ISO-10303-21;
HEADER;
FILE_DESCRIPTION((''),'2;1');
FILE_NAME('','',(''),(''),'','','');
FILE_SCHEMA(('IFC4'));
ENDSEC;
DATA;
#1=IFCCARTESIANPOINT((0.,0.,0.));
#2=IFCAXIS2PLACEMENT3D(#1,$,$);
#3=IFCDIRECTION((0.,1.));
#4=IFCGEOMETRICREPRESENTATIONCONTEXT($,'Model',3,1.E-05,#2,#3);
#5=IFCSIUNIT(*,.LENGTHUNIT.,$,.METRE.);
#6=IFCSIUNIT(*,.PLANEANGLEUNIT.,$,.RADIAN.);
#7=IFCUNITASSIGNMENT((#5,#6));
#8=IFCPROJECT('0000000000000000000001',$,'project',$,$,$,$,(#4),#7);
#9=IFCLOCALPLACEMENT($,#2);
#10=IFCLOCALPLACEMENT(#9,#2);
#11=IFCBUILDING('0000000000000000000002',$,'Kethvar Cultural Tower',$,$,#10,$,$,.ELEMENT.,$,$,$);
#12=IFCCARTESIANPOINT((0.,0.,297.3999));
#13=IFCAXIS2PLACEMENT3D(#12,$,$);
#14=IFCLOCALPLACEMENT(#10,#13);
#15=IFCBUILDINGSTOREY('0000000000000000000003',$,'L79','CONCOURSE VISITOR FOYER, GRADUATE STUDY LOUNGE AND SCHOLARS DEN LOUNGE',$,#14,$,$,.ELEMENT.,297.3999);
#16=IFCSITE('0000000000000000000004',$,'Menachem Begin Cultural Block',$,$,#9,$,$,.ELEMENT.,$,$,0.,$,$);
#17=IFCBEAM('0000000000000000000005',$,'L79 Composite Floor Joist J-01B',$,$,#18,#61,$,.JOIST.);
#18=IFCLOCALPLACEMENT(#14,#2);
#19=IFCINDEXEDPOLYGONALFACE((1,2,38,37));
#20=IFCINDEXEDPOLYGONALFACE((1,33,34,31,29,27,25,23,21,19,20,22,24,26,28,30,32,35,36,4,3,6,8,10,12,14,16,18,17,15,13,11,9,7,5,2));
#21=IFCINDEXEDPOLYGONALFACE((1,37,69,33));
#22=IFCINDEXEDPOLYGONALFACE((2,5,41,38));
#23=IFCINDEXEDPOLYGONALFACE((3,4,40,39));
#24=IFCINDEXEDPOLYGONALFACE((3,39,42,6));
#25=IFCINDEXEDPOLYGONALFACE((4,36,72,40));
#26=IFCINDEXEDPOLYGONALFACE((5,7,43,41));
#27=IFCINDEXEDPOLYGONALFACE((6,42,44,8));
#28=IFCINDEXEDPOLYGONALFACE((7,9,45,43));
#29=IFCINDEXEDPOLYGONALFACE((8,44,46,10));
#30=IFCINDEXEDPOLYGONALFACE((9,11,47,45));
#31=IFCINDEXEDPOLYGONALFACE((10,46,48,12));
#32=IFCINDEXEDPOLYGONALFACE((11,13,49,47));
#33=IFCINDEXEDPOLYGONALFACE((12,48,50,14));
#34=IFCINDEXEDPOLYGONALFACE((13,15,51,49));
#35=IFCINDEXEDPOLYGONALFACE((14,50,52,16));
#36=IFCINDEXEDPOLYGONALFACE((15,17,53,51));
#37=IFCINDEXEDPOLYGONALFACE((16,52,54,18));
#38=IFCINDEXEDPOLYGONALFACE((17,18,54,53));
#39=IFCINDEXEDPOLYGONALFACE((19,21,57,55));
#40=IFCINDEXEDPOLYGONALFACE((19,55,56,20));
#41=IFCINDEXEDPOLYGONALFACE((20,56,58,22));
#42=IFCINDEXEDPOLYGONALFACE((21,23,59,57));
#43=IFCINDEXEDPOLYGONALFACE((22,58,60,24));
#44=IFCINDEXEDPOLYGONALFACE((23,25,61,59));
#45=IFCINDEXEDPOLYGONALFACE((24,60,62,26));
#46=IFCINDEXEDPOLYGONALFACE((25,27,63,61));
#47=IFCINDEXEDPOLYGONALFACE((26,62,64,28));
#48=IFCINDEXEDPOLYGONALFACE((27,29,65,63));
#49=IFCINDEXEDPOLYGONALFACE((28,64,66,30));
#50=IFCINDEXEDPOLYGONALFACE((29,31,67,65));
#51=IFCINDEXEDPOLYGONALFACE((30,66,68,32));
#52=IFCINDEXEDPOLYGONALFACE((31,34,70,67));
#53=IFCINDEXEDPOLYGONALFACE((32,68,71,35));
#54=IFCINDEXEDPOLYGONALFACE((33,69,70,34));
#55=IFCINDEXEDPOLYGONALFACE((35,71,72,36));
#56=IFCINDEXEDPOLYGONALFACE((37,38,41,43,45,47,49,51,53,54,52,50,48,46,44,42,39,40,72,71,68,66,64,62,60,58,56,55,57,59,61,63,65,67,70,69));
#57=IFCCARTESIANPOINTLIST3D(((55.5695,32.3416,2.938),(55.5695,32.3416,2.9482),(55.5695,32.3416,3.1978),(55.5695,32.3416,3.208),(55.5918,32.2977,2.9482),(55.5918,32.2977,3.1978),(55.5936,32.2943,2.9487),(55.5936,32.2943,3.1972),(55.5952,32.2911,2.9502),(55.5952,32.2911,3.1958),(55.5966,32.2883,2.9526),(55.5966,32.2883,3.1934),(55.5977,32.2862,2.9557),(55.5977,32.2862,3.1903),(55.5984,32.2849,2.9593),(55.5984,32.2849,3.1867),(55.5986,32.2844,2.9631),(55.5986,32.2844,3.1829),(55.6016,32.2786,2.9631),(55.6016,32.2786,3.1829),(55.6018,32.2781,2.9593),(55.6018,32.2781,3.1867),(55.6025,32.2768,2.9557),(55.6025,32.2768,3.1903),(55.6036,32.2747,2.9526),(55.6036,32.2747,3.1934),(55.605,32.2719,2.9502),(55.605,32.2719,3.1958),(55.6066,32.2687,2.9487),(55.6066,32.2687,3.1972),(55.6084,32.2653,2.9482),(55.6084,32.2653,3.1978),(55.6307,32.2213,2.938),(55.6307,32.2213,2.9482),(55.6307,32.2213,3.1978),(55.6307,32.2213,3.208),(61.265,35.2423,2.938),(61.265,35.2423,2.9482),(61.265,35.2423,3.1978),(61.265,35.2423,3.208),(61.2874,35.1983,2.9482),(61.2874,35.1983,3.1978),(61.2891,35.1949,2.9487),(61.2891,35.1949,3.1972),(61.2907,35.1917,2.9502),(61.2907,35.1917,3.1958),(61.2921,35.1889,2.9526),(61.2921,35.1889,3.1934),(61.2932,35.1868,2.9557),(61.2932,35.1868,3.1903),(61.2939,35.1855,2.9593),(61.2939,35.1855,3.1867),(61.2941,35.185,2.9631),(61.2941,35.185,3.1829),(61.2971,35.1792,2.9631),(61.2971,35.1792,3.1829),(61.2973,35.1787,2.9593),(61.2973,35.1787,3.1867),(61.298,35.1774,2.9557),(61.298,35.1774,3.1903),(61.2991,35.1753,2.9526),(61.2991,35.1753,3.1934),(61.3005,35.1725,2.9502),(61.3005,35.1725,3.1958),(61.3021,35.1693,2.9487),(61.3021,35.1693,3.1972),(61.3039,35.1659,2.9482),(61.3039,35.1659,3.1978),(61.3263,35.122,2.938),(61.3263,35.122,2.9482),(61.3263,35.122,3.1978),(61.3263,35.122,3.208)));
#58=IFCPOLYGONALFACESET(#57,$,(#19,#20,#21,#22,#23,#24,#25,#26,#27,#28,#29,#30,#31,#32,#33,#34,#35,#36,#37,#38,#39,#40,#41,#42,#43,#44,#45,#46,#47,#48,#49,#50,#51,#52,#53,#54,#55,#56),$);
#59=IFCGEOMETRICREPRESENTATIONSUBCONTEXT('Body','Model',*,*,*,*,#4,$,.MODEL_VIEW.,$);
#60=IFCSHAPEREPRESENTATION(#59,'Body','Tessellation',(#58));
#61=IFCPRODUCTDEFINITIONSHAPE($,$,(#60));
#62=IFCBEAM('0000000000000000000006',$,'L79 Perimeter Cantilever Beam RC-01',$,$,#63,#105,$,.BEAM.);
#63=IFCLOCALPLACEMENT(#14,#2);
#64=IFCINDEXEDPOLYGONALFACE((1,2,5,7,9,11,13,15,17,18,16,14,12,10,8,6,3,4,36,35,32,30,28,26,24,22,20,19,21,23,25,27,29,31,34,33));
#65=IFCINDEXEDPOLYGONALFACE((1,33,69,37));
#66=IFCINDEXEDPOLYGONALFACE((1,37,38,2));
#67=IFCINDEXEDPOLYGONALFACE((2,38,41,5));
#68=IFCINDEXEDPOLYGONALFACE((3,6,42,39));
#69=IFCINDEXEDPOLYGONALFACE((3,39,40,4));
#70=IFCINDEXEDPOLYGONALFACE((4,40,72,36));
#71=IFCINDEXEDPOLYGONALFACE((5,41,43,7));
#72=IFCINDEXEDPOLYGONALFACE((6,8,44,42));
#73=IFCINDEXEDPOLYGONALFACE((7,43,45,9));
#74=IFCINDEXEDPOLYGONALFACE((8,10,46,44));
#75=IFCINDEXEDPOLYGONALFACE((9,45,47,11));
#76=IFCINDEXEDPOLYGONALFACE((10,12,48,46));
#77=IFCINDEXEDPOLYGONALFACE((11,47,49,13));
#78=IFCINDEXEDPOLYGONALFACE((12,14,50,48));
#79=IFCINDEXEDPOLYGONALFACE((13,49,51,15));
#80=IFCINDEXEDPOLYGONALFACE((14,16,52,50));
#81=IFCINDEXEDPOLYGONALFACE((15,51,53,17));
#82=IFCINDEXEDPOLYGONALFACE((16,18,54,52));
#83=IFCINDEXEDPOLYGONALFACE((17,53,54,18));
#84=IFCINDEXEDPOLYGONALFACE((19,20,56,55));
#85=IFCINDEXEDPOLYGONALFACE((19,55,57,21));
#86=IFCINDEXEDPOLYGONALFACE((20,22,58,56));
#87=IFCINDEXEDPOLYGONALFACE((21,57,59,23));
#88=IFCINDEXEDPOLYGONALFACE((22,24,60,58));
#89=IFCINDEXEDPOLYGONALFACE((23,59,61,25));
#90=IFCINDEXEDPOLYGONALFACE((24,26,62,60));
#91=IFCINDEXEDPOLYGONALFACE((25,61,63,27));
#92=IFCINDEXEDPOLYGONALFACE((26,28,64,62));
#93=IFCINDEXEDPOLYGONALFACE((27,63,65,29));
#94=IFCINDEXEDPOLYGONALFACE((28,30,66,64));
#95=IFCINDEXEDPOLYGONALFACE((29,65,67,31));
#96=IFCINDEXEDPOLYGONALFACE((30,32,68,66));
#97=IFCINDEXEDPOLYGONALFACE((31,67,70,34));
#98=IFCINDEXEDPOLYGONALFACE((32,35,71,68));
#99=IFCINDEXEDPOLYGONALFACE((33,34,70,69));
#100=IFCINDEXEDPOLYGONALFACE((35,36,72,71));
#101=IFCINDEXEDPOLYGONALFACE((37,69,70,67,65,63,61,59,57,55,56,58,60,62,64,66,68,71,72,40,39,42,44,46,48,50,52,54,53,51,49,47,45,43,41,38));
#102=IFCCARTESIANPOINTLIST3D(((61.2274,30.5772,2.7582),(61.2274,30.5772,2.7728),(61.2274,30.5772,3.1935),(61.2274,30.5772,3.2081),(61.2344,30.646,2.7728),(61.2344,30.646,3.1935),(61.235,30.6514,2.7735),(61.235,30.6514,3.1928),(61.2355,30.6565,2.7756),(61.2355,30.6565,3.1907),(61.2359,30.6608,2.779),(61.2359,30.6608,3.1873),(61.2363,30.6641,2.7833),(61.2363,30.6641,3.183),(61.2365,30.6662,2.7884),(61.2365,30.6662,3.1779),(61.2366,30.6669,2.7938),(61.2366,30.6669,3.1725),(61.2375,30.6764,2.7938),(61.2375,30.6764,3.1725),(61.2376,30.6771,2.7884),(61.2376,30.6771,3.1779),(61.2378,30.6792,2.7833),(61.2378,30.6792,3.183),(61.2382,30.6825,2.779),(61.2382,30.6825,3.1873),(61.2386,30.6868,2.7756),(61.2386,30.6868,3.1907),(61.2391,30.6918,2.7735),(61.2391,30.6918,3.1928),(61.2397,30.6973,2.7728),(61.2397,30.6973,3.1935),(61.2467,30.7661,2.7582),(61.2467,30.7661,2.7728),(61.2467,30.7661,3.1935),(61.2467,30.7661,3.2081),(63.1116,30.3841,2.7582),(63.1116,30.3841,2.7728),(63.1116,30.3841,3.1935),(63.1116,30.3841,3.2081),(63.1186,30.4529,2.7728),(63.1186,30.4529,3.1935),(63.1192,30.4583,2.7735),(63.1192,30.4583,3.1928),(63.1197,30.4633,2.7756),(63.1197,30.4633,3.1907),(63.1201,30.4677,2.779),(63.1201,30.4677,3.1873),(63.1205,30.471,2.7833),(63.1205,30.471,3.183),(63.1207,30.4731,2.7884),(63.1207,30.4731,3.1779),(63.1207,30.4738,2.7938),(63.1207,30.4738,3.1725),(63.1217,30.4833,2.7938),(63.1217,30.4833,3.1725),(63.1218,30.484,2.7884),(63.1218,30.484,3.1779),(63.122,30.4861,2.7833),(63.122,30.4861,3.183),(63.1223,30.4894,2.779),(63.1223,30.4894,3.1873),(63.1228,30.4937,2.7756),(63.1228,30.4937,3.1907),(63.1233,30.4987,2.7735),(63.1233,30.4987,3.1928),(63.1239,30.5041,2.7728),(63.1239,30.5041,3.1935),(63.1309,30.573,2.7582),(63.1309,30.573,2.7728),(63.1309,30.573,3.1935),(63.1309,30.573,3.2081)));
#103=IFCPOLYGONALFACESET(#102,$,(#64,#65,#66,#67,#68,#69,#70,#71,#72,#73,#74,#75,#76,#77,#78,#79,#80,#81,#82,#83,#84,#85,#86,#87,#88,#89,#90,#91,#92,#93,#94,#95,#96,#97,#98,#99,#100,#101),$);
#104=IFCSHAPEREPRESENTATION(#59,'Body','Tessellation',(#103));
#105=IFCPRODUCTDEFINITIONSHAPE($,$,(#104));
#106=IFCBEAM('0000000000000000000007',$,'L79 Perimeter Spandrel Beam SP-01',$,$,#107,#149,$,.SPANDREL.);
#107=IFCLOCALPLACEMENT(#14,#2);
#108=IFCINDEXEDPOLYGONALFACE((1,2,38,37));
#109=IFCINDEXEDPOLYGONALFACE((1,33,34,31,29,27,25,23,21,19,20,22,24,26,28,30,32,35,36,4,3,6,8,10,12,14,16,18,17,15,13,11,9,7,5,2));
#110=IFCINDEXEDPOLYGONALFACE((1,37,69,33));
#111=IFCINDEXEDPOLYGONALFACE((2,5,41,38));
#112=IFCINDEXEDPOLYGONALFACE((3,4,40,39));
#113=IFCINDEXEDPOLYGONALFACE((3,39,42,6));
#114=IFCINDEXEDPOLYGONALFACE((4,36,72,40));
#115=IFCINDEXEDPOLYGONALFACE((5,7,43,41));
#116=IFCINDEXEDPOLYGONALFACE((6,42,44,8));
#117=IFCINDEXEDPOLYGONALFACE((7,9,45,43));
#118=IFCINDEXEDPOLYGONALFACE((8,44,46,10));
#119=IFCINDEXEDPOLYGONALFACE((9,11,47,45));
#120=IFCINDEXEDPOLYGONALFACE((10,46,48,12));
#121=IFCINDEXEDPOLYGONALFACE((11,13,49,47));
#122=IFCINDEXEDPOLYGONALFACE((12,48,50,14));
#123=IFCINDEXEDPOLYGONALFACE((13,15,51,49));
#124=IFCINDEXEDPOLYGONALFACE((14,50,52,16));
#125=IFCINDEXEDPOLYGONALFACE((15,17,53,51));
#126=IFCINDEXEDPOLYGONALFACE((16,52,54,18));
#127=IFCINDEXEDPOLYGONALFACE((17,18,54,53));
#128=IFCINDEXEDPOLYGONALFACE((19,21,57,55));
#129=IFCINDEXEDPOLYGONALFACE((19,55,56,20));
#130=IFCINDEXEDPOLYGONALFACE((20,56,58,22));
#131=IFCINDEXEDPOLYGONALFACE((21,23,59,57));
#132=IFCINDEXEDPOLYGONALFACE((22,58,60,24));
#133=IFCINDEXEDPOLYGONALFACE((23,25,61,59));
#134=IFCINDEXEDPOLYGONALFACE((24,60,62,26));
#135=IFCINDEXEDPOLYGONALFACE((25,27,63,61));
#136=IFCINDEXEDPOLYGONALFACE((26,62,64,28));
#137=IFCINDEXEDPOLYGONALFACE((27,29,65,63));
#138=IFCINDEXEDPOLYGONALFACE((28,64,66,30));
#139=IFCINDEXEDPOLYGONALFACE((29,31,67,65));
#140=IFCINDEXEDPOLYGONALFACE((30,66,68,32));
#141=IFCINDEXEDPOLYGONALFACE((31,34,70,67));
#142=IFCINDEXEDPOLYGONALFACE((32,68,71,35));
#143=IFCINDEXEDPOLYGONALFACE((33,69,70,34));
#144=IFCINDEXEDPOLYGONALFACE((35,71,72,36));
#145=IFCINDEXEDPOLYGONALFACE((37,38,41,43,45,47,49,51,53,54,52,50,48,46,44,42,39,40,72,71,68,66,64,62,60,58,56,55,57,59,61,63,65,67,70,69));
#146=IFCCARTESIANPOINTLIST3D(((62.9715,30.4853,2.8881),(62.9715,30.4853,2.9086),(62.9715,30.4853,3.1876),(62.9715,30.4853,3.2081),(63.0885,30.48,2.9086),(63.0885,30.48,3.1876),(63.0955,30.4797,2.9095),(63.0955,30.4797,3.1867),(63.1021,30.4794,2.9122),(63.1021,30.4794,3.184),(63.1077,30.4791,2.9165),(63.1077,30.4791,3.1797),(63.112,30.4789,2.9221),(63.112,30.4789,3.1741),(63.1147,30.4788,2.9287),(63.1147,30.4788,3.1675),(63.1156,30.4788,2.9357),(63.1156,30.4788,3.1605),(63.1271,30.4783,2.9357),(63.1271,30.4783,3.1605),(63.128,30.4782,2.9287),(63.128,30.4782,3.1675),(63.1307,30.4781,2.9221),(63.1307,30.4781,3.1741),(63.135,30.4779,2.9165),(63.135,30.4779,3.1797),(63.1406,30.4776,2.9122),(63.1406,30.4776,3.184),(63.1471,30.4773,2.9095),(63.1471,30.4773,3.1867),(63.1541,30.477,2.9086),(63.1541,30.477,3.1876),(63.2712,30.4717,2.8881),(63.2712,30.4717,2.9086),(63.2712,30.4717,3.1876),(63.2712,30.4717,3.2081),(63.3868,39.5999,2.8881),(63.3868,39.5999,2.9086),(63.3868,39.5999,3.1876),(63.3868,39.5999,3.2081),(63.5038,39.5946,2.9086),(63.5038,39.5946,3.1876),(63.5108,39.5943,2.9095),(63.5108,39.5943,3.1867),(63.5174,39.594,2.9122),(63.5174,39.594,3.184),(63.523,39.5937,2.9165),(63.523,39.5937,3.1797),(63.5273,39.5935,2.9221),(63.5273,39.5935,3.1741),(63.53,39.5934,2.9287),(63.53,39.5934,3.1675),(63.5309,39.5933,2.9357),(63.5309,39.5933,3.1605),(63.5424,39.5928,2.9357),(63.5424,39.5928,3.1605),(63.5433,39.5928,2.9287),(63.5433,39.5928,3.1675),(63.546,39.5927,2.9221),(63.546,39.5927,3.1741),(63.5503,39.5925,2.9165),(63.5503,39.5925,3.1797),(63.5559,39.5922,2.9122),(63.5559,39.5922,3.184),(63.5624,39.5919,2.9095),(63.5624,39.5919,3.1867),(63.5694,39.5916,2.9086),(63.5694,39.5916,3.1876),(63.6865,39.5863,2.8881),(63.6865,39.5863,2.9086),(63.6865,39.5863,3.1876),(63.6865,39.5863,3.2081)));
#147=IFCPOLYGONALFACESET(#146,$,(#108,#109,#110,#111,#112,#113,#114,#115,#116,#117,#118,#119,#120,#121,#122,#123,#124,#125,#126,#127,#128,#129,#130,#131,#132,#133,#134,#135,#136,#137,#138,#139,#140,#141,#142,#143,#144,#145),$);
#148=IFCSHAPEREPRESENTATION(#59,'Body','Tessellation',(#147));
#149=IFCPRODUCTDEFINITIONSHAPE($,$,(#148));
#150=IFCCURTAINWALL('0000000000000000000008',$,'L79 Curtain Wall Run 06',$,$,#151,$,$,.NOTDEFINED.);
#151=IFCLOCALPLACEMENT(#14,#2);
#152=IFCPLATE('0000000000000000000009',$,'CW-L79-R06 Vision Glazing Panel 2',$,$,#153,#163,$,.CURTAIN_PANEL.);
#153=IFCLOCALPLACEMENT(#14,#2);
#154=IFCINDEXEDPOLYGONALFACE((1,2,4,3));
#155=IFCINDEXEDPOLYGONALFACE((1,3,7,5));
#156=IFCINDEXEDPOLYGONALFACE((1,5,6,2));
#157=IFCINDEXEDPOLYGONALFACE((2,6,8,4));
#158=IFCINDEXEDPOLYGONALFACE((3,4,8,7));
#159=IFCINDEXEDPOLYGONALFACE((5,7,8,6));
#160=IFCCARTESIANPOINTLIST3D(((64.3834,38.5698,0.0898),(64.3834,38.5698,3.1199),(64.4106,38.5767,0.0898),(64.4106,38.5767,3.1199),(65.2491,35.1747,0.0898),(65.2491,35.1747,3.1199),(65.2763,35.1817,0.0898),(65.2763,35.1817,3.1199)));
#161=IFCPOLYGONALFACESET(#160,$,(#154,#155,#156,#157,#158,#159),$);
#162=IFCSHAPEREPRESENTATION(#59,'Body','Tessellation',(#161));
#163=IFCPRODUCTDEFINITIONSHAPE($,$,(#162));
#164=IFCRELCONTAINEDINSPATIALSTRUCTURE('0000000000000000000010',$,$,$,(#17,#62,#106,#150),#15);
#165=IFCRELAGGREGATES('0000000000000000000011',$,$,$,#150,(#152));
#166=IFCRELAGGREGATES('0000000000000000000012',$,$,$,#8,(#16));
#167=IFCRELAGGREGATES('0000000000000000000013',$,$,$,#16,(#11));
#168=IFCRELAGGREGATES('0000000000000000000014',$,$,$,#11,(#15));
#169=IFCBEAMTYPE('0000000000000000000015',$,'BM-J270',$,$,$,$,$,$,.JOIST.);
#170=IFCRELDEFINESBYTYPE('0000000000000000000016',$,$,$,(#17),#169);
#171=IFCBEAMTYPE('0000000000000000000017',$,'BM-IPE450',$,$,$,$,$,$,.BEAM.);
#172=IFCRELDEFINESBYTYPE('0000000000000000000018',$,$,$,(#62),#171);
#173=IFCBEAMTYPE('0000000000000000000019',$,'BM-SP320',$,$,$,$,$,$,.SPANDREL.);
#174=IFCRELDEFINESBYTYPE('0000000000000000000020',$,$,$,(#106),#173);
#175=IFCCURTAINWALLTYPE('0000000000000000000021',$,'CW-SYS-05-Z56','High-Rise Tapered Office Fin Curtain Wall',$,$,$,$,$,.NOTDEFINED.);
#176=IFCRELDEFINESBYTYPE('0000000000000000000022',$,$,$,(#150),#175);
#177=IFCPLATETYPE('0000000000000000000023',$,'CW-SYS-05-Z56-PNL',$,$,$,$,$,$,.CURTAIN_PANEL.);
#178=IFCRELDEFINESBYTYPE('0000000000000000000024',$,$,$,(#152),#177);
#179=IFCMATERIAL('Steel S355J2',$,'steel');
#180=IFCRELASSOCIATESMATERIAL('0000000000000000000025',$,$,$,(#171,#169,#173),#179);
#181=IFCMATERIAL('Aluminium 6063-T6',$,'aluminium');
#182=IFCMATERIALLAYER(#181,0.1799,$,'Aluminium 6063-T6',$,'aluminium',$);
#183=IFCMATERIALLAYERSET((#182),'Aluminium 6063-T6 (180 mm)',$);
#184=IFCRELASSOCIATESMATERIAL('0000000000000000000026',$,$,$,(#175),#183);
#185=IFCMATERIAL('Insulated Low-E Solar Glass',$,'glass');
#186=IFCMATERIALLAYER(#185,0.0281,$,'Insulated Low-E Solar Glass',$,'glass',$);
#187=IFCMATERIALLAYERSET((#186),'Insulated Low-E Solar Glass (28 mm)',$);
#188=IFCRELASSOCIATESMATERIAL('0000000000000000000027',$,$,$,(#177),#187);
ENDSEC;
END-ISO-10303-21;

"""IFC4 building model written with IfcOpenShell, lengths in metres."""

from ifc_helpers import new_model, si_unit, direction, frame, origin, origin_2d, place, context, subcontext, project, spatial, rectangle, i_section, extrude, source, transform, mapped, material, layer, layer_set, material_profile, profile_set, type_object, element, aggregate, save


model = new_model("IFC4")

# Units and contexts
model_context = context("Model", 3, precision=1e-05, world=origin(), true_north=direction((0.0, 1.0)))
body_context = subcontext(model_context, "Body", "Model", "MODEL_VIEW")
ifc_project = project(units=[si_unit("LENGTHUNIT", "METRE"), si_unit("PLANEANGLEUNIT", "RADIAN")], contexts=[model_context])

# Site, building, storey
site_placement = place(None, origin())
site = spatial("IfcSite", under=ifc_project, at=site_placement, Name="Menachem Begin Cultural Block", CompositionType="ELEMENT", RefElevation=0.0)
building_placement = place(site_placement, origin())
building = spatial("IfcBuilding", under=site, at=building_placement, Name="Kethvar Cultural Tower", CompositionType="ELEMENT")
storey_placement = place(building_placement, frame((0.0, 0.0, 297.3999)))
storey = spatial("IfcBuildingStorey", under=building, at=storey_placement, Name="L79", Description="CONCOURSE VISITOR FOYER, GRADUATE STUDY LOUNGE AND SCHOLARS DEN LOUNGE", CompositionType="ELEMENT", Elevation=297.3999)

# Shared definitions
ifc_material_1 = material(Name="Steel S355J2", Category="steel")

# Beams
ifc_material_profile_1 = material_profile(ifc_material_1, i_section(OverallWidth=0.1899, OverallDepth=0.45, WebThickness=0.0095, FlangeThickness=0.0146, FilletRadius=0.021, at=origin_2d()), Name="Steel S355J2 — IPE450")
ifc_profile_set_1 = profile_set([ifc_material_profile_1], Name="Steel S355J2 — IPE450")
beam_type_1 = type_object("IfcBeamType", Name="BM-IPE450", PredefinedType="BEAM", material=ifc_profile_set_1)
ifc_material_profile_2 = material_profile(ifc_material_1, i_section(OverallWidth=0.135, OverallDepth=0.27, WebThickness=0.0066, FlangeThickness=0.0103, FilletRadius=0.0149, at=origin_2d()), Name="Steel S355J2 — IPE270")
ifc_profile_set_2 = profile_set([ifc_material_profile_2], Name="Steel S355J2 — IPE270")
beam_type_2 = type_object("IfcBeamType", Name="BM-J270", PredefinedType="JOIST", material=ifc_profile_set_2)
shared_shape_1 = source(origin(), body_context, "Body", "SweptSolid", [
    extrude(i_section(OverallWidth=0.135, OverallDepth=0.27, WebThickness=0.0066, FlangeThickness=0.0103, FilletRadius=0.0149, at=origin_2d()), origin(), (0.0, 0.0, 1.0), 6.3916),
])
beam_1_placement = place(storey_placement, frame((55.6001, 32.2815, 3.073), z_axis=(0.891095, 0.453817, 0.0), x_axis=(-0.453817, 0.891095, 0.0)))
element("IfcBeam", 1, at=beam_1_placement, inside=storey, type_object=beam_type_2, Name="L79 Composite Floor Joist J-01B", PredefinedType="JOIST", context=body_context, shape_type="MappedRepresentation", body=[
    mapped(shared_shape_1, transform((0.0, 0.0, 0.0), scale=1.0)),
])
shared_shape_2 = source(origin(), body_context, "Body", "SweptSolid", [
    extrude(i_section(OverallWidth=0.1899, OverallDepth=0.45, WebThickness=0.0095, FlangeThickness=0.0146, FilletRadius=0.021, at=origin_2d()), origin(), (0.0, 0.0, 1.0), 1.894),
])
beam_2_placement = place(storey_placement, frame((61.2371, 30.6716, 2.9832), z_axis=(0.994789, -0.101954, 0.0), x_axis=(0.101954, 0.994789, 0.0)))
element("IfcBeam", 2, at=beam_2_placement, inside=storey, type_object=beam_type_1, Name="L79 Perimeter Cantilever Beam RC-01", PredefinedType="BEAM", context=body_context, shape_type="MappedRepresentation", body=[
    mapped(shared_shape_2, transform((0.0, 0.0, 0.0), scale=1.0)),
])
ifc_material_profile_3 = material_profile(ifc_material_1, i_section(OverallWidth=0.3, OverallDepth=0.3201, WebThickness=0.0115, FlangeThickness=0.0205, FilletRadius=0.0271, at=origin_2d()), Name="Steel S355J2 — HEB320")
ifc_profile_set_3 = profile_set([ifc_material_profile_3], Name="Steel S355J2 — HEB320")
beam_type_3 = type_object("IfcBeamType", Name="BM-SP320", PredefinedType="SPANDREL", material=ifc_profile_set_3)
shared_shape_3 = source(origin(), body_context, "Body", "SweptSolid", [
    extrude(i_section(OverallWidth=0.3, OverallDepth=0.3201, WebThickness=0.0115, FlangeThickness=0.0205, FilletRadius=0.0271, at=origin_2d()), origin(), (0.0, 0.0, 1.0), 9.124),
])
beam_3_placement = place(storey_placement, frame((63.1213, 30.4785, 3.0481), z_axis=(0.045516, 0.998964, 0.0), x_axis=(-0.998964, 0.045516, 0.0)))
element("IfcBeam", 3, at=beam_3_placement, inside=storey, type_object=beam_type_3, Name="L79 Perimeter Spandrel Beam SP-01", PredefinedType="SPANDREL", context=body_context, shape_type="MappedRepresentation", body=[
    mapped(shared_shape_3, transform((0.0, 0.0, 0.0), scale=1.0)),
])

# Curtain wall, plate
ifc_material_2 = material(Name="Aluminium 6063-T6", Category="aluminium")
ifc_layer_1 = layer(ifc_material_2, 0.1799, Name="Aluminium 6063-T6", Category="aluminium")
ifc_layer_set_1 = layer_set([ifc_layer_1], Name="Aluminium 6063-T6 (180 mm)")
curtain_wall_type = type_object("IfcCurtainWallType", Name="CW-SYS-05-Z56", Description="High-Rise Tapered Office Fin Curtain Wall", PredefinedType="NOTDEFINED", material=ifc_layer_set_1)
curtain_wall_placement = place(storey_placement, origin())
curtain_wall = element("IfcCurtainWall", 4, at=curtain_wall_placement, inside=storey, type_object=curtain_wall_type, Name="L79 Curtain Wall Run 06", PredefinedType="NOTDEFINED")
ifc_material_3 = material(Name="Insulated Low-E Solar Glass", Category="glass")
ifc_layer_2 = layer(ifc_material_3, 0.0281, Name="Insulated Low-E Solar Glass", Category="glass")
ifc_layer_set_2 = layer_set([ifc_layer_2], Name="Insulated Low-E Solar Glass (28 mm)")
plate_type = type_object("IfcPlateType", Name="CW-SYS-05-Z56-PNL", PredefinedType="CURTAIN_PANEL", material=ifc_layer_set_2)
shared_shape_4 = source(origin(), body_context, "Body", "SweptSolid", [
    extrude(rectangle(XDim=3.5037, YDim=0.0281, at=origin_2d()), origin(), (0.0, 0.0, 1.0), 3.03),
])
plate_placement = place(storey_placement, frame((64.8298, 36.8757, 0.0898), z_axis=(0.0, 0.0, 1.0), x_axis=(-0.247084, 0.968994, 0.0)))
plate = element("IfcPlate", 5, at=plate_placement, type_object=plate_type, Name="CW-L79-R06 Vision Glazing Panel 2", PredefinedType="CURTAIN_PANEL", context=body_context, shape_type="MappedRepresentation", body=[
    mapped(shared_shape_4, transform((0.0, 0.0, 0.0), scale=1.0)),
])
aggregate(curtain_wall, [plate])

save(model, "model.ifc")
